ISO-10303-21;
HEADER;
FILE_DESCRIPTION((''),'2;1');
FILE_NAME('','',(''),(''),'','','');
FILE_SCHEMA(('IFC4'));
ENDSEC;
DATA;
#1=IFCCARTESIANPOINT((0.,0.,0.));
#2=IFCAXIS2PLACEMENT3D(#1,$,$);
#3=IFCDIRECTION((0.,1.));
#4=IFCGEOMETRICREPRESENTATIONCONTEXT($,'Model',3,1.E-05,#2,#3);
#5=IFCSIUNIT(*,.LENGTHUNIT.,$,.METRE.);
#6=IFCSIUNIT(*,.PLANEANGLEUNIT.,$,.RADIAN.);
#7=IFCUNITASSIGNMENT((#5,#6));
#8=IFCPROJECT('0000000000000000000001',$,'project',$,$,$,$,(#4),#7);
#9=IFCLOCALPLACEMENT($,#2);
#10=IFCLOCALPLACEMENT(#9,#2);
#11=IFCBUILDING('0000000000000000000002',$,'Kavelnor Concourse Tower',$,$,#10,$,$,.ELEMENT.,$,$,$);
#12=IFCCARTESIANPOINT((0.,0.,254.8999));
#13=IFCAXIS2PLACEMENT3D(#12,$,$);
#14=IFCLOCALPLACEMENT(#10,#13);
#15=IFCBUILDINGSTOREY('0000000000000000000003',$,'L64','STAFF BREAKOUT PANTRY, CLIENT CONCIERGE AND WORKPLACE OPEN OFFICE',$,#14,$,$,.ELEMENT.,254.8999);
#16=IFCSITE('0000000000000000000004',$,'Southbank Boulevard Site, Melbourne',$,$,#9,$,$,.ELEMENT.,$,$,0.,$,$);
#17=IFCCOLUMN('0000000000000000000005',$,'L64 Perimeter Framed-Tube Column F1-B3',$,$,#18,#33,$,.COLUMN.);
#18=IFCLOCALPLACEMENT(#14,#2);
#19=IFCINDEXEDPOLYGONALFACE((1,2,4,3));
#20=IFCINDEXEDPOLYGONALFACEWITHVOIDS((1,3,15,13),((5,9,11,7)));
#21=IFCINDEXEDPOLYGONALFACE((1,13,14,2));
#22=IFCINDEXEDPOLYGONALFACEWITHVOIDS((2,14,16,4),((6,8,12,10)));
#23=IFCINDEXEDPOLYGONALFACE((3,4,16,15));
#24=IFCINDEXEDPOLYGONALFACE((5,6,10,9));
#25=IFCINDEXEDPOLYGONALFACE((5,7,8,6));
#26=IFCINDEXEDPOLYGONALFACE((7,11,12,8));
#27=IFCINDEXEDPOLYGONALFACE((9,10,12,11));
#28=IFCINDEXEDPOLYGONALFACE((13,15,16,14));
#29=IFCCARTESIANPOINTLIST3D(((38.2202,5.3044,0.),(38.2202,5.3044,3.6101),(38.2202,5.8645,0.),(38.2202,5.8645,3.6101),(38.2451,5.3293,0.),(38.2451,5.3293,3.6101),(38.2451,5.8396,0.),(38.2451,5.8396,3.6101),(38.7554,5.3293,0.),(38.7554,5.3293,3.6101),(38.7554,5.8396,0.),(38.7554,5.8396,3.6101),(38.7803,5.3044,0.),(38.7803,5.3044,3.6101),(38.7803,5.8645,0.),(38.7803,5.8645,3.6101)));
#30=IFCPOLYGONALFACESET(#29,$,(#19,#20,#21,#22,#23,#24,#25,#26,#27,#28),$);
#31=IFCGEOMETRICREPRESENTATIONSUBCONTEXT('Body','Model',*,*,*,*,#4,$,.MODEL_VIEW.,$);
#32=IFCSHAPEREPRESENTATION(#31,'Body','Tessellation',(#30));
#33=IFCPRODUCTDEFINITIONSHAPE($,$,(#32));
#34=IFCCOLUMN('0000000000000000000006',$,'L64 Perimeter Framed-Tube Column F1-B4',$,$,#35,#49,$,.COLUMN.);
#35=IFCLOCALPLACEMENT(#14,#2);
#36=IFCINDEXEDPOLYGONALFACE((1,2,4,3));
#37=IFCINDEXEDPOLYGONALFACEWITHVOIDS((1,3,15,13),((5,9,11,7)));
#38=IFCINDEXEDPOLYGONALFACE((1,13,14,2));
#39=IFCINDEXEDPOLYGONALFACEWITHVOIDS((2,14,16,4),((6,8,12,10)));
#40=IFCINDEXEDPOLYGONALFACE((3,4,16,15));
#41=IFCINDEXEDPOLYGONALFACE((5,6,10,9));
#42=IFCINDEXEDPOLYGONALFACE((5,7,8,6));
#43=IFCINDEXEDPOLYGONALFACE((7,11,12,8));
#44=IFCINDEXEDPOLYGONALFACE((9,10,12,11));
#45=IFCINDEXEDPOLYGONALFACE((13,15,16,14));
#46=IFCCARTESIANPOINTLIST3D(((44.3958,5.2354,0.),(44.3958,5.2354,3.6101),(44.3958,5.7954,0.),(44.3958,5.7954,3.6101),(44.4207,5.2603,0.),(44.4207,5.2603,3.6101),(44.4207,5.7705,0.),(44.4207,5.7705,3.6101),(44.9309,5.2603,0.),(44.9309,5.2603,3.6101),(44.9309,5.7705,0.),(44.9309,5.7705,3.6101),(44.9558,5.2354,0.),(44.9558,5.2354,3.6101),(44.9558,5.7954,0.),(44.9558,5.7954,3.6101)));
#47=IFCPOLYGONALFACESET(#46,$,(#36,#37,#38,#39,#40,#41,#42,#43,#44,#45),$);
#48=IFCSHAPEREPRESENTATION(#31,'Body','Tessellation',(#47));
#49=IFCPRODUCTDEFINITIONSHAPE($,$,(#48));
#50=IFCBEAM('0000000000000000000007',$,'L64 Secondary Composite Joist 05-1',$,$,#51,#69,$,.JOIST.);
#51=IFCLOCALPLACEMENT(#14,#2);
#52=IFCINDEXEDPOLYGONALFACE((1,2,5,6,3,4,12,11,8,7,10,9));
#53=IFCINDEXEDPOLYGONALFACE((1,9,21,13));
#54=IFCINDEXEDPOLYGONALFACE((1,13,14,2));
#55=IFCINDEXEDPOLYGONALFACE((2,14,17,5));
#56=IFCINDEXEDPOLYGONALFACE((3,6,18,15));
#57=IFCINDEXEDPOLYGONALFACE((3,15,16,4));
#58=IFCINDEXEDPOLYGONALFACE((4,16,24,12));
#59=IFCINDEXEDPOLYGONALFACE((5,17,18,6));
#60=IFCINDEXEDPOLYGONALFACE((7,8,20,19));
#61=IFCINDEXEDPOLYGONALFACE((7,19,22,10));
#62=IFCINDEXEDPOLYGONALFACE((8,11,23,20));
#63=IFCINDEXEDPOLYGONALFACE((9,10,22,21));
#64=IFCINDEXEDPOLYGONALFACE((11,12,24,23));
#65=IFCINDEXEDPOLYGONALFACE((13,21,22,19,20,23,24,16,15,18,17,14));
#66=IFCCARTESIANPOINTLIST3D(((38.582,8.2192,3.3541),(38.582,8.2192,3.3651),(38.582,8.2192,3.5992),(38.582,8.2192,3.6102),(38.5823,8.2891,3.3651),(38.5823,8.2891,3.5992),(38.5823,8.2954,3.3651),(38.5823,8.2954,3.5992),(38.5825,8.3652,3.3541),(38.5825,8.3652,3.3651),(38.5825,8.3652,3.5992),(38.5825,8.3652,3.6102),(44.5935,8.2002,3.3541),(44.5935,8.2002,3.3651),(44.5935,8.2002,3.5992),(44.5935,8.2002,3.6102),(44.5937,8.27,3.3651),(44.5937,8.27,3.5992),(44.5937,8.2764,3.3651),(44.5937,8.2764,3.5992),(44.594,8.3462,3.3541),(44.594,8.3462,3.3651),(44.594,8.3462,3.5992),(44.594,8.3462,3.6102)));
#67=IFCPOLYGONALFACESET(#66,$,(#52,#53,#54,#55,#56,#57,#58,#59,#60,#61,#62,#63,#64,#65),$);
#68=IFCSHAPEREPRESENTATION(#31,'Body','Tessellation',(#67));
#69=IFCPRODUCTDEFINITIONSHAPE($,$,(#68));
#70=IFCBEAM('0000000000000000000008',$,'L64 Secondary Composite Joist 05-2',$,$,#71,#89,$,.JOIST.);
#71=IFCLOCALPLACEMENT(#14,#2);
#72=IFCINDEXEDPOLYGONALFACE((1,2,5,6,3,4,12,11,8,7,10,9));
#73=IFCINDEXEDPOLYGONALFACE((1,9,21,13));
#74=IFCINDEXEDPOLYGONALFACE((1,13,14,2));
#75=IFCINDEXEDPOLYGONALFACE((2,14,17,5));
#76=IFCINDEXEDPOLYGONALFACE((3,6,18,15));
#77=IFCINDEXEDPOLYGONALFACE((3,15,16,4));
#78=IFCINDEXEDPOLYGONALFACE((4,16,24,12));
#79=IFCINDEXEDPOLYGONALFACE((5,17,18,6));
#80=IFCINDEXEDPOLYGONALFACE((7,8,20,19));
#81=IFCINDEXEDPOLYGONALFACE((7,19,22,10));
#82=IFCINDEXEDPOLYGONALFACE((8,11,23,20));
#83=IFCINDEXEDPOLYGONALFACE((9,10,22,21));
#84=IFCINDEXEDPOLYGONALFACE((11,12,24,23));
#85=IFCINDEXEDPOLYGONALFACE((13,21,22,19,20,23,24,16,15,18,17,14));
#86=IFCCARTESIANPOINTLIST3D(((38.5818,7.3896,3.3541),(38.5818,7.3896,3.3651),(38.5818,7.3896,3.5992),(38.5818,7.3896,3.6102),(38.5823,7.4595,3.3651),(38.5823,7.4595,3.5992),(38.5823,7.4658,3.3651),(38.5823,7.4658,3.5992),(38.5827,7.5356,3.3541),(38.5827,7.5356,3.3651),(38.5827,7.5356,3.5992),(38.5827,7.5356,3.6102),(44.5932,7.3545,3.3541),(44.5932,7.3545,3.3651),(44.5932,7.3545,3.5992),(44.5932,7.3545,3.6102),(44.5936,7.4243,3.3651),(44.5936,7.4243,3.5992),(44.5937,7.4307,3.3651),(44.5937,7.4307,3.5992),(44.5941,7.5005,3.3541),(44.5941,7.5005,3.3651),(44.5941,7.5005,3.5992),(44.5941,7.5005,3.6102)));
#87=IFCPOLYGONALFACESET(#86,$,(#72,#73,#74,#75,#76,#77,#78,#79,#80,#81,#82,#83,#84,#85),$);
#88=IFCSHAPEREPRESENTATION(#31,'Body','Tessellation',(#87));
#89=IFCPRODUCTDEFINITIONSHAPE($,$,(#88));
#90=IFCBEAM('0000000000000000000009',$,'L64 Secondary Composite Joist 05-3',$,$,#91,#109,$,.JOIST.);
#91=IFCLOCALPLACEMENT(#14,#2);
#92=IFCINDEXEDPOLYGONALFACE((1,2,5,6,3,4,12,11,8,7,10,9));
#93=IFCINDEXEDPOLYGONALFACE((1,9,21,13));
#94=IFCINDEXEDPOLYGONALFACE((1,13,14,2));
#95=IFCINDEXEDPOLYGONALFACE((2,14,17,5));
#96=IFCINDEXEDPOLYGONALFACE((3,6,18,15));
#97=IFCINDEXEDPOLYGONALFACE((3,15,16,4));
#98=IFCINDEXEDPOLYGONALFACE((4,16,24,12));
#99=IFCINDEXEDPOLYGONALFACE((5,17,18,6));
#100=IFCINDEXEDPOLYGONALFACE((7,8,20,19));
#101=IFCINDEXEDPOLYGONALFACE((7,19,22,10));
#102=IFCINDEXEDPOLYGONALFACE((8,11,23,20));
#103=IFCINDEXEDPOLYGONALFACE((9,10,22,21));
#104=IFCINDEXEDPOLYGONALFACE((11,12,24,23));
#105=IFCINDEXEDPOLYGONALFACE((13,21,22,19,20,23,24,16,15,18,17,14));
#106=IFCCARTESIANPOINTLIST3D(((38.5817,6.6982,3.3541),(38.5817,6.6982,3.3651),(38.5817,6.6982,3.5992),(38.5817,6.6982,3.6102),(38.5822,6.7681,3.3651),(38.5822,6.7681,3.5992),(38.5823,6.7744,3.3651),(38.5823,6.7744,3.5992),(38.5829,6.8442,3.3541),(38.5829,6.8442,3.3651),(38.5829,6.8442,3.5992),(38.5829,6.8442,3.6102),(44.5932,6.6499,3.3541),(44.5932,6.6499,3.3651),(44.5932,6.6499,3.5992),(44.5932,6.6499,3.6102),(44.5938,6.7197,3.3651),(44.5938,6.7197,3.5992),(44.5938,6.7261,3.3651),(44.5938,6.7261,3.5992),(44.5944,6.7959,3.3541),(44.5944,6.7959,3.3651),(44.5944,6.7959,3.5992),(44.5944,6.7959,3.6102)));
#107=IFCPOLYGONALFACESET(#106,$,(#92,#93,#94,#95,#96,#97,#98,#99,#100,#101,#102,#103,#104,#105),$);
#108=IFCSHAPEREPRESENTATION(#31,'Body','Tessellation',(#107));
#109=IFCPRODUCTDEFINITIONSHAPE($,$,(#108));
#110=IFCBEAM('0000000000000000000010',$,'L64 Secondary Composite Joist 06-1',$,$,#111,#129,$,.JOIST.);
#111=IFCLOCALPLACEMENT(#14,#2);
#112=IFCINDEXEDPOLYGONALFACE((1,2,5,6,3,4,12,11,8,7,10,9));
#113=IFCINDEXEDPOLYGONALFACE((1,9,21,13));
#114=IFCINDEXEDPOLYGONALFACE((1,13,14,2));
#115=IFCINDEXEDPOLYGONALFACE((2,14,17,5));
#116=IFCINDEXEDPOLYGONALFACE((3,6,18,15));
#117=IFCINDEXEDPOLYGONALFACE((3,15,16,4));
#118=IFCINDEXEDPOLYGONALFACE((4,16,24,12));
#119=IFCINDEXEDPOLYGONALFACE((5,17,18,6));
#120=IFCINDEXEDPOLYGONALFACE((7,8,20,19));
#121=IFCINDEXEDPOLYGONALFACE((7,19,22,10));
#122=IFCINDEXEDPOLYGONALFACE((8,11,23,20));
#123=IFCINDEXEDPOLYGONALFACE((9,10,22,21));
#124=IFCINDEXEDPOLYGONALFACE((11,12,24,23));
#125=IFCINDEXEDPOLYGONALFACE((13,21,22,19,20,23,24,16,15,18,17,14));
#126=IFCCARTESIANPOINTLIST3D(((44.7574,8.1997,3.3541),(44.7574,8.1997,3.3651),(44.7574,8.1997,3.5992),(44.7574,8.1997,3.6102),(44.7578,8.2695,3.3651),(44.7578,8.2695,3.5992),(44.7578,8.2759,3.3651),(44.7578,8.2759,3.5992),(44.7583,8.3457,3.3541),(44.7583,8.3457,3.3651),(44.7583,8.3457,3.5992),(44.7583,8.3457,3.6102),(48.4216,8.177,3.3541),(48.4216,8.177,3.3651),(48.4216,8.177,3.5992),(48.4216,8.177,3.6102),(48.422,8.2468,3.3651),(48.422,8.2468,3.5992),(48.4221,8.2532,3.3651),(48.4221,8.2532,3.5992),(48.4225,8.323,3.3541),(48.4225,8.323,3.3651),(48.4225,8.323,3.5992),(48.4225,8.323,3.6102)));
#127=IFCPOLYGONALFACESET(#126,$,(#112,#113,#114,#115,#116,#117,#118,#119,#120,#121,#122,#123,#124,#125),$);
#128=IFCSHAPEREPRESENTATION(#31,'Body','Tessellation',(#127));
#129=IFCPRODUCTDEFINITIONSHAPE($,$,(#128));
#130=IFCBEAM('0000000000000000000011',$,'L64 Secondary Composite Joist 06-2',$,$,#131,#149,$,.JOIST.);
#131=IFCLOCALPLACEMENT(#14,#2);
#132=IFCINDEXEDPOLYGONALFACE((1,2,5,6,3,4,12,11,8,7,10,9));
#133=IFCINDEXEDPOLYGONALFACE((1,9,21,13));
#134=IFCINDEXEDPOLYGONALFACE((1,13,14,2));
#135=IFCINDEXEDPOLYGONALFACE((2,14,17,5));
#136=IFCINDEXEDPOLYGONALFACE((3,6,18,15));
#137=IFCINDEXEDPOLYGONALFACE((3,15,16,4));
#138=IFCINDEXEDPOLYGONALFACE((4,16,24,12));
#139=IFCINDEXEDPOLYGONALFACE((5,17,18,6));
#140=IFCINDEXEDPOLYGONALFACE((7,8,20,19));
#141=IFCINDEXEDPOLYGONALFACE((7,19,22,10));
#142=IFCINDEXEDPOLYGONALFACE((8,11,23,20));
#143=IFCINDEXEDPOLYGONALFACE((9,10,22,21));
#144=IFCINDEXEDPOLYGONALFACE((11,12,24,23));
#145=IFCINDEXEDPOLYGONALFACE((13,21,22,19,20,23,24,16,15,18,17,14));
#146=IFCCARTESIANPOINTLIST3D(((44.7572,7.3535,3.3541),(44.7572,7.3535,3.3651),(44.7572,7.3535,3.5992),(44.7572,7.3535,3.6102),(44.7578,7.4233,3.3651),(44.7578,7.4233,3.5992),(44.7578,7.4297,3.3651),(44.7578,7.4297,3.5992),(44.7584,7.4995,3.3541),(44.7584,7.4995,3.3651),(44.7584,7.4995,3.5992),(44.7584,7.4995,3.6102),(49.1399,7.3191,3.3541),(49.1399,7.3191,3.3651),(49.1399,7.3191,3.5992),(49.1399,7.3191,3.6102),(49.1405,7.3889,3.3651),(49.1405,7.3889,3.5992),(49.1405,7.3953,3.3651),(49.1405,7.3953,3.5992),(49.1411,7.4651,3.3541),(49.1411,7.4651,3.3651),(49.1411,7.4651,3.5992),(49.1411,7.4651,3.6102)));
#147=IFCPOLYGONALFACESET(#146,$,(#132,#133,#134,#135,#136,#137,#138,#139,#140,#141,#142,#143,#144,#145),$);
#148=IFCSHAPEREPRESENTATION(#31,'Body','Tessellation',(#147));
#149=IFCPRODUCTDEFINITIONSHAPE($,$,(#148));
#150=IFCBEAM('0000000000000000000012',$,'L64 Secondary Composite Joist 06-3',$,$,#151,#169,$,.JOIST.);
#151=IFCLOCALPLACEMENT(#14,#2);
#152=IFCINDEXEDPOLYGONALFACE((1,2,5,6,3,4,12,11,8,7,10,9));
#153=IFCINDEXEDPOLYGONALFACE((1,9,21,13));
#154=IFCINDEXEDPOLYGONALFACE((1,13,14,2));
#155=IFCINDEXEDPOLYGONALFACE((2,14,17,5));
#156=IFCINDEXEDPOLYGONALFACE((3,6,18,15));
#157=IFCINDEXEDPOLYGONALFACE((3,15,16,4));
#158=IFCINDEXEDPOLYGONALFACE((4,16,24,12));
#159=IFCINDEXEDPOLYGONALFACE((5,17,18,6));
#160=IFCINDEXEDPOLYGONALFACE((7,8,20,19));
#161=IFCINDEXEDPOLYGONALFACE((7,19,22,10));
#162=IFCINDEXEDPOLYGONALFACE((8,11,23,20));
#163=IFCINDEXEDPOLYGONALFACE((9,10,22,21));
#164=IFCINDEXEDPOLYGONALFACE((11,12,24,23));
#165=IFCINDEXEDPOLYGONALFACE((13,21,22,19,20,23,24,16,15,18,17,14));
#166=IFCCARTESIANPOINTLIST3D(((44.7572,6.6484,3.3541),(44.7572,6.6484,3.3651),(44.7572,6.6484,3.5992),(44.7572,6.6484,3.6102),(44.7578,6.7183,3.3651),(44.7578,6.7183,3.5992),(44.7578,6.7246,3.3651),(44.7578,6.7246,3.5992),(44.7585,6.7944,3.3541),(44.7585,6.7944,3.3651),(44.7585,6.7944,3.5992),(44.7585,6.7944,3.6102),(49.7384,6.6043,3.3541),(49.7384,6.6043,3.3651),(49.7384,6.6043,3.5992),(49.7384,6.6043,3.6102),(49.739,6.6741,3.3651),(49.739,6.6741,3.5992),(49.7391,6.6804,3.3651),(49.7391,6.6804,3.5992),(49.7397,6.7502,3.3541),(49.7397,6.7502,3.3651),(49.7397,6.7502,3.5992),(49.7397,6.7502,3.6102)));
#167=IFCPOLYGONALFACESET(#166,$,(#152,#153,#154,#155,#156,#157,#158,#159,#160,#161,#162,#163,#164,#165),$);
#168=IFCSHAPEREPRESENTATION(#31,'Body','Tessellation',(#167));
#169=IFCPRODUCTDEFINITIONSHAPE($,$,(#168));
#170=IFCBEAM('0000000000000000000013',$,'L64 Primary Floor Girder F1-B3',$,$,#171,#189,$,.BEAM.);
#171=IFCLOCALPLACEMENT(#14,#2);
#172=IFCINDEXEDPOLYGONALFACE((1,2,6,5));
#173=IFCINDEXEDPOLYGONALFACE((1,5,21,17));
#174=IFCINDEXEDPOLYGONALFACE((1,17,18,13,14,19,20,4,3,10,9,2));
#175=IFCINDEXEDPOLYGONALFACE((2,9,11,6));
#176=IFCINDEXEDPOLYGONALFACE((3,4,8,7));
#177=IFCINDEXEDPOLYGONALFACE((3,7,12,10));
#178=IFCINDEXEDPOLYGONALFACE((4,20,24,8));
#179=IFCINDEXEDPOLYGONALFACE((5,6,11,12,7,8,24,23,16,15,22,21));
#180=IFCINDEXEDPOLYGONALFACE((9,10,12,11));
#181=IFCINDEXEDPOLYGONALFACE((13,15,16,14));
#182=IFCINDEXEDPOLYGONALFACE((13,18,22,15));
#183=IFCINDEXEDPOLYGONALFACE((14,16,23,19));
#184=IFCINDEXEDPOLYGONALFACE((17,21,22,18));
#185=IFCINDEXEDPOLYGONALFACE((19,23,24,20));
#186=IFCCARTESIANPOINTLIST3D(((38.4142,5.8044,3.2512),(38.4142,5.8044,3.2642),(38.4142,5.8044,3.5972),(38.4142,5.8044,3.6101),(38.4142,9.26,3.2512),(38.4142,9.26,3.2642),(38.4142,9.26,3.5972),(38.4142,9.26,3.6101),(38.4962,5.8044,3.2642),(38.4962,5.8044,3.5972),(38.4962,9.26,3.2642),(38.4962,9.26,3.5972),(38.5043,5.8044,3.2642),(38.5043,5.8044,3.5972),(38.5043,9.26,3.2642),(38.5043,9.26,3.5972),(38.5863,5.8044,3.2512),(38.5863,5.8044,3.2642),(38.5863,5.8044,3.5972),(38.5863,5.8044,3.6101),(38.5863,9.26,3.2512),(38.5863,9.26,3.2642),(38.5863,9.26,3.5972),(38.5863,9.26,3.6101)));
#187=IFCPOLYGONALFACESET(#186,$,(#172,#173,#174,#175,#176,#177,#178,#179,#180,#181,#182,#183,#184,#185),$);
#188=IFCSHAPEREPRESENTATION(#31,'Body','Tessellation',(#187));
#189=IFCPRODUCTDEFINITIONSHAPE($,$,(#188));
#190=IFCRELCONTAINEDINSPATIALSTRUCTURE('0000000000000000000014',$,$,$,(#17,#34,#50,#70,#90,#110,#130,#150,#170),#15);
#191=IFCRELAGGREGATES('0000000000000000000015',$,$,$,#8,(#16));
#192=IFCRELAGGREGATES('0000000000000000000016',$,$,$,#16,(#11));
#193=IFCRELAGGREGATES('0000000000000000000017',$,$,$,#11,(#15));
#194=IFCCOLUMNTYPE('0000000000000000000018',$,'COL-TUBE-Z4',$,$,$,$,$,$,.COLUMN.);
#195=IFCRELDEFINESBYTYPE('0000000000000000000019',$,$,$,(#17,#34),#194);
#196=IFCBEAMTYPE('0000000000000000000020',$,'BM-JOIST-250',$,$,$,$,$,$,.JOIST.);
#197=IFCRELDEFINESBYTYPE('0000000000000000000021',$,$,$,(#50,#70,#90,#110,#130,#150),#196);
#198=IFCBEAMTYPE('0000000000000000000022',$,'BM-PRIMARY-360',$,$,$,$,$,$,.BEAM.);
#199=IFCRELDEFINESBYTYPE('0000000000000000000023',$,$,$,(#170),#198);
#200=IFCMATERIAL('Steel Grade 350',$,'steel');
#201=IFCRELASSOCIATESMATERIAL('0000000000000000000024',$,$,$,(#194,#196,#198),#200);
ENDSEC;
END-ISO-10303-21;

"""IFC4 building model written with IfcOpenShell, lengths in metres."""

from ifc_helpers import new_model, si_unit, direction, frame, origin, origin_2d, place, context, subcontext, project, spatial, hollow_rectangle, i_section, extrude, material, material_profile, profile_set, type_object, element, save


model = new_model("IFC4")

# Units and contexts
model_context = context("Model", 3, precision=1e-05, world=origin(), true_north=direction((0.0, 1.0)))
body_context = subcontext(model_context, "Body", "Model", "MODEL_VIEW")
ifc_project = project(units=[si_unit("LENGTHUNIT", "METRE"), si_unit("PLANEANGLEUNIT", "RADIAN")], contexts=[model_context])

# Site, building, storey
site_placement = place(None, origin())
site = spatial("IfcSite", under=ifc_project, at=site_placement, Name="Southbank Boulevard Site, Melbourne", CompositionType="ELEMENT", RefElevation=0.0)
building_placement = place(site_placement, origin())
building = spatial("IfcBuilding", under=site, at=building_placement, Name="Kavelnor Concourse Tower", CompositionType="ELEMENT")
storey_placement = place(building_placement, frame((0.0, 0.0, 254.8999)))
storey = spatial("IfcBuildingStorey", under=building, at=storey_placement, Name="L64", Description="STAFF BREAKOUT PANTRY, CLIENT CONCIERGE AND WORKPLACE OPEN OFFICE", CompositionType="ELEMENT", Elevation=254.8999)

# Columns
ifc_material_1 = material(Name="Steel Grade 350", Category="steel")
ifc_material_profile_1 = material_profile(ifc_material_1, hollow_rectangle(XDim=0.5601, YDim=0.5601, WallThickness=0.0249, at=origin_2d()), Name="SHS 560x560x25")
ifc_profile_set_1 = profile_set([ifc_material_profile_1], Name="Steel Grade 350")
column_type = type_object("IfcColumnType", Name="COL-TUBE-Z4", PredefinedType="COLUMN", material=ifc_profile_set_1)
for number, where, z_axis, x_axis, name in (
    (1, (38.5002, 5.5845, 0.0), (0.0, 0.0, 1.0), (1.0, 0.0, 0.0), "L64 Perimeter Framed-Tube Column F1-B3"),
    (2, (44.6758, 5.5154, 0.0), (0.0, 0.0, 1.0), (1.0, 0.0, 0.0), "L64 Perimeter Framed-Tube Column F1-B4"),
):
    element("IfcColumn", number, at=place(storey_placement, frame(where, z_axis=z_axis, x_axis=x_axis)), inside=storey, type_object=column_type, Name=name, PredefinedType="COLUMN", context=body_context, shape_type="SweptSolid", body=[
        extrude(hollow_rectangle(XDim=0.5601, YDim=0.5601, WallThickness=0.0249, at=origin_2d()), origin(), (0.0, 0.0, 1.0), 3.6101),
    ])

# Beams
ifc_material_profile_2 = material_profile(ifc_material_1, i_section(OverallWidth=0.146, OverallDepth=0.2561, WebThickness=0.0063, FlangeThickness=0.011, at=origin_2d()), Name="250UB37")
ifc_profile_set_2 = profile_set([ifc_material_profile_2], Name="Steel Grade 350")
beam_type_1 = type_object("IfcBeamType", Name="BM-JOIST-250", PredefinedType="JOIST", material=ifc_profile_set_2)
for number, where, z_axis, x_axis, name in (
    (3, (38.5823, 8.2922, 3.4822), (0.999995, -0.003168, 0.0), (0.003168, 0.999995, 0.0), "L64 Secondary Composite Joist 05-1"),
    (4, (38.5823, 7.4626, 3.4822), (0.999983, -0.005848, 0.0), (0.005848, 0.999983, 0.0), "L64 Secondary Composite Joist 05-2"),
):
    element("IfcBeam", number, at=place(storey_placement, frame(where, z_axis=z_axis, x_axis=x_axis)), inside=storey, type_object=beam_type_1, Name=name, PredefinedType="JOIST", context=body_context, shape_type="SweptSolid", body=[
        extrude(i_section(OverallWidth=0.146, OverallDepth=0.2561, WebThickness=0.0063, FlangeThickness=0.011, at=origin_2d()), origin(), (0.0, 0.0, 1.0), 6.0115),
    ])
beam_1_placement = place(storey_placement, frame((38.5823, 6.7712, 3.4822), z_axis=(0.999968, -0.008041, 0.0), x_axis=(0.008041, 0.999968, 0.0)))
element("IfcBeam", 5, at=beam_1_placement, inside=storey, type_object=beam_type_1, Name="L64 Secondary Composite Joist 05-3", PredefinedType="JOIST", context=body_context, shape_type="SweptSolid", body=[
    extrude(i_section(OverallWidth=0.146, OverallDepth=0.2561, WebThickness=0.0063, FlangeThickness=0.011, at=origin_2d()), origin(), (0.0, 0.0, 1.0), 6.0117),
])
beam_2_placement = place(storey_placement, frame((44.7578, 8.2727, 3.4822), z_axis=(0.999981, -0.006196, 0.0), x_axis=(0.006196, 0.999981, 0.0)))
element("IfcBeam", 6, at=beam_2_placement, inside=storey, type_object=beam_type_1, Name="L64 Secondary Composite Joist 06-1", PredefinedType="JOIST", context=body_context, shape_type="SweptSolid", body=[
    extrude(i_section(OverallWidth=0.146, OverallDepth=0.2561, WebThickness=0.0063, FlangeThickness=0.011, at=origin_2d()), origin(), (0.0, 0.0, 1.0), 3.6643),
])
beam_3_placement = place(storey_placement, frame((44.7578, 7.4265, 3.4822), z_axis=(0.999969, -0.007854, 0.0), x_axis=(0.007854, 0.999969, 0.0)))
element("IfcBeam", 7, at=beam_3_placement, inside=storey, type_object=beam_type_1, Name="L64 Secondary Composite Joist 06-2", PredefinedType="JOIST", context=body_context, shape_type="SweptSolid", body=[
    extrude(i_section(OverallWidth=0.146, OverallDepth=0.2561, WebThickness=0.0063, FlangeThickness=0.011, at=origin_2d()), origin(), (0.0, 0.0, 1.0), 4.3828),
])
beam_4_placement = place(storey_placement, frame((44.7578, 6.7214, 3.4822), z_axis=(0.999961, -0.008871, 0.0), x_axis=(0.008871, 0.999961, 0.0)))
element("IfcBeam", 8, at=beam_4_placement, inside=storey, type_object=beam_type_1, Name="L64 Secondary Composite Joist 06-3", PredefinedType="JOIST", context=body_context, shape_type="SweptSolid", body=[
    extrude(i_section(OverallWidth=0.146, OverallDepth=0.2561, WebThickness=0.0063, FlangeThickness=0.011, at=origin_2d()), origin(), (0.0, 0.0, 1.0), 4.9814),
])
ifc_material_profile_3 = material_profile(ifc_material_1, i_section(OverallWidth=0.1721, OverallDepth=0.3589, WebThickness=0.0081, FlangeThickness=0.0129, at=origin_2d()), Name="360UB56")
ifc_profile_set_3 = profile_set([ifc_material_profile_3], Name="Steel Grade 350")
beam_type_2 = type_object("IfcBeamType", Name="BM-PRIMARY-360", PredefinedType="BEAM", material=ifc_profile_set_3)
beam_5_placement = place(storey_placement, frame((38.5002, 9.26, 3.4307), z_axis=(0.0, -1.0, 0.0), x_axis=(1.0, 0.0, 0.0)))
element("IfcBeam", 9, at=beam_5_placement, inside=storey, type_object=beam_type_2, Name="L64 Primary Floor Girder F1-B3", PredefinedType="BEAM", context=body_context, shape_type="SweptSolid", body=[
    extrude(i_section(OverallWidth=0.1721, OverallDepth=0.3589, WebThickness=0.0081, FlangeThickness=0.0129, at=origin_2d()), origin(), (0.0, 0.0, 1.0), 3.4556),
])

save(model, "model.ifc")
